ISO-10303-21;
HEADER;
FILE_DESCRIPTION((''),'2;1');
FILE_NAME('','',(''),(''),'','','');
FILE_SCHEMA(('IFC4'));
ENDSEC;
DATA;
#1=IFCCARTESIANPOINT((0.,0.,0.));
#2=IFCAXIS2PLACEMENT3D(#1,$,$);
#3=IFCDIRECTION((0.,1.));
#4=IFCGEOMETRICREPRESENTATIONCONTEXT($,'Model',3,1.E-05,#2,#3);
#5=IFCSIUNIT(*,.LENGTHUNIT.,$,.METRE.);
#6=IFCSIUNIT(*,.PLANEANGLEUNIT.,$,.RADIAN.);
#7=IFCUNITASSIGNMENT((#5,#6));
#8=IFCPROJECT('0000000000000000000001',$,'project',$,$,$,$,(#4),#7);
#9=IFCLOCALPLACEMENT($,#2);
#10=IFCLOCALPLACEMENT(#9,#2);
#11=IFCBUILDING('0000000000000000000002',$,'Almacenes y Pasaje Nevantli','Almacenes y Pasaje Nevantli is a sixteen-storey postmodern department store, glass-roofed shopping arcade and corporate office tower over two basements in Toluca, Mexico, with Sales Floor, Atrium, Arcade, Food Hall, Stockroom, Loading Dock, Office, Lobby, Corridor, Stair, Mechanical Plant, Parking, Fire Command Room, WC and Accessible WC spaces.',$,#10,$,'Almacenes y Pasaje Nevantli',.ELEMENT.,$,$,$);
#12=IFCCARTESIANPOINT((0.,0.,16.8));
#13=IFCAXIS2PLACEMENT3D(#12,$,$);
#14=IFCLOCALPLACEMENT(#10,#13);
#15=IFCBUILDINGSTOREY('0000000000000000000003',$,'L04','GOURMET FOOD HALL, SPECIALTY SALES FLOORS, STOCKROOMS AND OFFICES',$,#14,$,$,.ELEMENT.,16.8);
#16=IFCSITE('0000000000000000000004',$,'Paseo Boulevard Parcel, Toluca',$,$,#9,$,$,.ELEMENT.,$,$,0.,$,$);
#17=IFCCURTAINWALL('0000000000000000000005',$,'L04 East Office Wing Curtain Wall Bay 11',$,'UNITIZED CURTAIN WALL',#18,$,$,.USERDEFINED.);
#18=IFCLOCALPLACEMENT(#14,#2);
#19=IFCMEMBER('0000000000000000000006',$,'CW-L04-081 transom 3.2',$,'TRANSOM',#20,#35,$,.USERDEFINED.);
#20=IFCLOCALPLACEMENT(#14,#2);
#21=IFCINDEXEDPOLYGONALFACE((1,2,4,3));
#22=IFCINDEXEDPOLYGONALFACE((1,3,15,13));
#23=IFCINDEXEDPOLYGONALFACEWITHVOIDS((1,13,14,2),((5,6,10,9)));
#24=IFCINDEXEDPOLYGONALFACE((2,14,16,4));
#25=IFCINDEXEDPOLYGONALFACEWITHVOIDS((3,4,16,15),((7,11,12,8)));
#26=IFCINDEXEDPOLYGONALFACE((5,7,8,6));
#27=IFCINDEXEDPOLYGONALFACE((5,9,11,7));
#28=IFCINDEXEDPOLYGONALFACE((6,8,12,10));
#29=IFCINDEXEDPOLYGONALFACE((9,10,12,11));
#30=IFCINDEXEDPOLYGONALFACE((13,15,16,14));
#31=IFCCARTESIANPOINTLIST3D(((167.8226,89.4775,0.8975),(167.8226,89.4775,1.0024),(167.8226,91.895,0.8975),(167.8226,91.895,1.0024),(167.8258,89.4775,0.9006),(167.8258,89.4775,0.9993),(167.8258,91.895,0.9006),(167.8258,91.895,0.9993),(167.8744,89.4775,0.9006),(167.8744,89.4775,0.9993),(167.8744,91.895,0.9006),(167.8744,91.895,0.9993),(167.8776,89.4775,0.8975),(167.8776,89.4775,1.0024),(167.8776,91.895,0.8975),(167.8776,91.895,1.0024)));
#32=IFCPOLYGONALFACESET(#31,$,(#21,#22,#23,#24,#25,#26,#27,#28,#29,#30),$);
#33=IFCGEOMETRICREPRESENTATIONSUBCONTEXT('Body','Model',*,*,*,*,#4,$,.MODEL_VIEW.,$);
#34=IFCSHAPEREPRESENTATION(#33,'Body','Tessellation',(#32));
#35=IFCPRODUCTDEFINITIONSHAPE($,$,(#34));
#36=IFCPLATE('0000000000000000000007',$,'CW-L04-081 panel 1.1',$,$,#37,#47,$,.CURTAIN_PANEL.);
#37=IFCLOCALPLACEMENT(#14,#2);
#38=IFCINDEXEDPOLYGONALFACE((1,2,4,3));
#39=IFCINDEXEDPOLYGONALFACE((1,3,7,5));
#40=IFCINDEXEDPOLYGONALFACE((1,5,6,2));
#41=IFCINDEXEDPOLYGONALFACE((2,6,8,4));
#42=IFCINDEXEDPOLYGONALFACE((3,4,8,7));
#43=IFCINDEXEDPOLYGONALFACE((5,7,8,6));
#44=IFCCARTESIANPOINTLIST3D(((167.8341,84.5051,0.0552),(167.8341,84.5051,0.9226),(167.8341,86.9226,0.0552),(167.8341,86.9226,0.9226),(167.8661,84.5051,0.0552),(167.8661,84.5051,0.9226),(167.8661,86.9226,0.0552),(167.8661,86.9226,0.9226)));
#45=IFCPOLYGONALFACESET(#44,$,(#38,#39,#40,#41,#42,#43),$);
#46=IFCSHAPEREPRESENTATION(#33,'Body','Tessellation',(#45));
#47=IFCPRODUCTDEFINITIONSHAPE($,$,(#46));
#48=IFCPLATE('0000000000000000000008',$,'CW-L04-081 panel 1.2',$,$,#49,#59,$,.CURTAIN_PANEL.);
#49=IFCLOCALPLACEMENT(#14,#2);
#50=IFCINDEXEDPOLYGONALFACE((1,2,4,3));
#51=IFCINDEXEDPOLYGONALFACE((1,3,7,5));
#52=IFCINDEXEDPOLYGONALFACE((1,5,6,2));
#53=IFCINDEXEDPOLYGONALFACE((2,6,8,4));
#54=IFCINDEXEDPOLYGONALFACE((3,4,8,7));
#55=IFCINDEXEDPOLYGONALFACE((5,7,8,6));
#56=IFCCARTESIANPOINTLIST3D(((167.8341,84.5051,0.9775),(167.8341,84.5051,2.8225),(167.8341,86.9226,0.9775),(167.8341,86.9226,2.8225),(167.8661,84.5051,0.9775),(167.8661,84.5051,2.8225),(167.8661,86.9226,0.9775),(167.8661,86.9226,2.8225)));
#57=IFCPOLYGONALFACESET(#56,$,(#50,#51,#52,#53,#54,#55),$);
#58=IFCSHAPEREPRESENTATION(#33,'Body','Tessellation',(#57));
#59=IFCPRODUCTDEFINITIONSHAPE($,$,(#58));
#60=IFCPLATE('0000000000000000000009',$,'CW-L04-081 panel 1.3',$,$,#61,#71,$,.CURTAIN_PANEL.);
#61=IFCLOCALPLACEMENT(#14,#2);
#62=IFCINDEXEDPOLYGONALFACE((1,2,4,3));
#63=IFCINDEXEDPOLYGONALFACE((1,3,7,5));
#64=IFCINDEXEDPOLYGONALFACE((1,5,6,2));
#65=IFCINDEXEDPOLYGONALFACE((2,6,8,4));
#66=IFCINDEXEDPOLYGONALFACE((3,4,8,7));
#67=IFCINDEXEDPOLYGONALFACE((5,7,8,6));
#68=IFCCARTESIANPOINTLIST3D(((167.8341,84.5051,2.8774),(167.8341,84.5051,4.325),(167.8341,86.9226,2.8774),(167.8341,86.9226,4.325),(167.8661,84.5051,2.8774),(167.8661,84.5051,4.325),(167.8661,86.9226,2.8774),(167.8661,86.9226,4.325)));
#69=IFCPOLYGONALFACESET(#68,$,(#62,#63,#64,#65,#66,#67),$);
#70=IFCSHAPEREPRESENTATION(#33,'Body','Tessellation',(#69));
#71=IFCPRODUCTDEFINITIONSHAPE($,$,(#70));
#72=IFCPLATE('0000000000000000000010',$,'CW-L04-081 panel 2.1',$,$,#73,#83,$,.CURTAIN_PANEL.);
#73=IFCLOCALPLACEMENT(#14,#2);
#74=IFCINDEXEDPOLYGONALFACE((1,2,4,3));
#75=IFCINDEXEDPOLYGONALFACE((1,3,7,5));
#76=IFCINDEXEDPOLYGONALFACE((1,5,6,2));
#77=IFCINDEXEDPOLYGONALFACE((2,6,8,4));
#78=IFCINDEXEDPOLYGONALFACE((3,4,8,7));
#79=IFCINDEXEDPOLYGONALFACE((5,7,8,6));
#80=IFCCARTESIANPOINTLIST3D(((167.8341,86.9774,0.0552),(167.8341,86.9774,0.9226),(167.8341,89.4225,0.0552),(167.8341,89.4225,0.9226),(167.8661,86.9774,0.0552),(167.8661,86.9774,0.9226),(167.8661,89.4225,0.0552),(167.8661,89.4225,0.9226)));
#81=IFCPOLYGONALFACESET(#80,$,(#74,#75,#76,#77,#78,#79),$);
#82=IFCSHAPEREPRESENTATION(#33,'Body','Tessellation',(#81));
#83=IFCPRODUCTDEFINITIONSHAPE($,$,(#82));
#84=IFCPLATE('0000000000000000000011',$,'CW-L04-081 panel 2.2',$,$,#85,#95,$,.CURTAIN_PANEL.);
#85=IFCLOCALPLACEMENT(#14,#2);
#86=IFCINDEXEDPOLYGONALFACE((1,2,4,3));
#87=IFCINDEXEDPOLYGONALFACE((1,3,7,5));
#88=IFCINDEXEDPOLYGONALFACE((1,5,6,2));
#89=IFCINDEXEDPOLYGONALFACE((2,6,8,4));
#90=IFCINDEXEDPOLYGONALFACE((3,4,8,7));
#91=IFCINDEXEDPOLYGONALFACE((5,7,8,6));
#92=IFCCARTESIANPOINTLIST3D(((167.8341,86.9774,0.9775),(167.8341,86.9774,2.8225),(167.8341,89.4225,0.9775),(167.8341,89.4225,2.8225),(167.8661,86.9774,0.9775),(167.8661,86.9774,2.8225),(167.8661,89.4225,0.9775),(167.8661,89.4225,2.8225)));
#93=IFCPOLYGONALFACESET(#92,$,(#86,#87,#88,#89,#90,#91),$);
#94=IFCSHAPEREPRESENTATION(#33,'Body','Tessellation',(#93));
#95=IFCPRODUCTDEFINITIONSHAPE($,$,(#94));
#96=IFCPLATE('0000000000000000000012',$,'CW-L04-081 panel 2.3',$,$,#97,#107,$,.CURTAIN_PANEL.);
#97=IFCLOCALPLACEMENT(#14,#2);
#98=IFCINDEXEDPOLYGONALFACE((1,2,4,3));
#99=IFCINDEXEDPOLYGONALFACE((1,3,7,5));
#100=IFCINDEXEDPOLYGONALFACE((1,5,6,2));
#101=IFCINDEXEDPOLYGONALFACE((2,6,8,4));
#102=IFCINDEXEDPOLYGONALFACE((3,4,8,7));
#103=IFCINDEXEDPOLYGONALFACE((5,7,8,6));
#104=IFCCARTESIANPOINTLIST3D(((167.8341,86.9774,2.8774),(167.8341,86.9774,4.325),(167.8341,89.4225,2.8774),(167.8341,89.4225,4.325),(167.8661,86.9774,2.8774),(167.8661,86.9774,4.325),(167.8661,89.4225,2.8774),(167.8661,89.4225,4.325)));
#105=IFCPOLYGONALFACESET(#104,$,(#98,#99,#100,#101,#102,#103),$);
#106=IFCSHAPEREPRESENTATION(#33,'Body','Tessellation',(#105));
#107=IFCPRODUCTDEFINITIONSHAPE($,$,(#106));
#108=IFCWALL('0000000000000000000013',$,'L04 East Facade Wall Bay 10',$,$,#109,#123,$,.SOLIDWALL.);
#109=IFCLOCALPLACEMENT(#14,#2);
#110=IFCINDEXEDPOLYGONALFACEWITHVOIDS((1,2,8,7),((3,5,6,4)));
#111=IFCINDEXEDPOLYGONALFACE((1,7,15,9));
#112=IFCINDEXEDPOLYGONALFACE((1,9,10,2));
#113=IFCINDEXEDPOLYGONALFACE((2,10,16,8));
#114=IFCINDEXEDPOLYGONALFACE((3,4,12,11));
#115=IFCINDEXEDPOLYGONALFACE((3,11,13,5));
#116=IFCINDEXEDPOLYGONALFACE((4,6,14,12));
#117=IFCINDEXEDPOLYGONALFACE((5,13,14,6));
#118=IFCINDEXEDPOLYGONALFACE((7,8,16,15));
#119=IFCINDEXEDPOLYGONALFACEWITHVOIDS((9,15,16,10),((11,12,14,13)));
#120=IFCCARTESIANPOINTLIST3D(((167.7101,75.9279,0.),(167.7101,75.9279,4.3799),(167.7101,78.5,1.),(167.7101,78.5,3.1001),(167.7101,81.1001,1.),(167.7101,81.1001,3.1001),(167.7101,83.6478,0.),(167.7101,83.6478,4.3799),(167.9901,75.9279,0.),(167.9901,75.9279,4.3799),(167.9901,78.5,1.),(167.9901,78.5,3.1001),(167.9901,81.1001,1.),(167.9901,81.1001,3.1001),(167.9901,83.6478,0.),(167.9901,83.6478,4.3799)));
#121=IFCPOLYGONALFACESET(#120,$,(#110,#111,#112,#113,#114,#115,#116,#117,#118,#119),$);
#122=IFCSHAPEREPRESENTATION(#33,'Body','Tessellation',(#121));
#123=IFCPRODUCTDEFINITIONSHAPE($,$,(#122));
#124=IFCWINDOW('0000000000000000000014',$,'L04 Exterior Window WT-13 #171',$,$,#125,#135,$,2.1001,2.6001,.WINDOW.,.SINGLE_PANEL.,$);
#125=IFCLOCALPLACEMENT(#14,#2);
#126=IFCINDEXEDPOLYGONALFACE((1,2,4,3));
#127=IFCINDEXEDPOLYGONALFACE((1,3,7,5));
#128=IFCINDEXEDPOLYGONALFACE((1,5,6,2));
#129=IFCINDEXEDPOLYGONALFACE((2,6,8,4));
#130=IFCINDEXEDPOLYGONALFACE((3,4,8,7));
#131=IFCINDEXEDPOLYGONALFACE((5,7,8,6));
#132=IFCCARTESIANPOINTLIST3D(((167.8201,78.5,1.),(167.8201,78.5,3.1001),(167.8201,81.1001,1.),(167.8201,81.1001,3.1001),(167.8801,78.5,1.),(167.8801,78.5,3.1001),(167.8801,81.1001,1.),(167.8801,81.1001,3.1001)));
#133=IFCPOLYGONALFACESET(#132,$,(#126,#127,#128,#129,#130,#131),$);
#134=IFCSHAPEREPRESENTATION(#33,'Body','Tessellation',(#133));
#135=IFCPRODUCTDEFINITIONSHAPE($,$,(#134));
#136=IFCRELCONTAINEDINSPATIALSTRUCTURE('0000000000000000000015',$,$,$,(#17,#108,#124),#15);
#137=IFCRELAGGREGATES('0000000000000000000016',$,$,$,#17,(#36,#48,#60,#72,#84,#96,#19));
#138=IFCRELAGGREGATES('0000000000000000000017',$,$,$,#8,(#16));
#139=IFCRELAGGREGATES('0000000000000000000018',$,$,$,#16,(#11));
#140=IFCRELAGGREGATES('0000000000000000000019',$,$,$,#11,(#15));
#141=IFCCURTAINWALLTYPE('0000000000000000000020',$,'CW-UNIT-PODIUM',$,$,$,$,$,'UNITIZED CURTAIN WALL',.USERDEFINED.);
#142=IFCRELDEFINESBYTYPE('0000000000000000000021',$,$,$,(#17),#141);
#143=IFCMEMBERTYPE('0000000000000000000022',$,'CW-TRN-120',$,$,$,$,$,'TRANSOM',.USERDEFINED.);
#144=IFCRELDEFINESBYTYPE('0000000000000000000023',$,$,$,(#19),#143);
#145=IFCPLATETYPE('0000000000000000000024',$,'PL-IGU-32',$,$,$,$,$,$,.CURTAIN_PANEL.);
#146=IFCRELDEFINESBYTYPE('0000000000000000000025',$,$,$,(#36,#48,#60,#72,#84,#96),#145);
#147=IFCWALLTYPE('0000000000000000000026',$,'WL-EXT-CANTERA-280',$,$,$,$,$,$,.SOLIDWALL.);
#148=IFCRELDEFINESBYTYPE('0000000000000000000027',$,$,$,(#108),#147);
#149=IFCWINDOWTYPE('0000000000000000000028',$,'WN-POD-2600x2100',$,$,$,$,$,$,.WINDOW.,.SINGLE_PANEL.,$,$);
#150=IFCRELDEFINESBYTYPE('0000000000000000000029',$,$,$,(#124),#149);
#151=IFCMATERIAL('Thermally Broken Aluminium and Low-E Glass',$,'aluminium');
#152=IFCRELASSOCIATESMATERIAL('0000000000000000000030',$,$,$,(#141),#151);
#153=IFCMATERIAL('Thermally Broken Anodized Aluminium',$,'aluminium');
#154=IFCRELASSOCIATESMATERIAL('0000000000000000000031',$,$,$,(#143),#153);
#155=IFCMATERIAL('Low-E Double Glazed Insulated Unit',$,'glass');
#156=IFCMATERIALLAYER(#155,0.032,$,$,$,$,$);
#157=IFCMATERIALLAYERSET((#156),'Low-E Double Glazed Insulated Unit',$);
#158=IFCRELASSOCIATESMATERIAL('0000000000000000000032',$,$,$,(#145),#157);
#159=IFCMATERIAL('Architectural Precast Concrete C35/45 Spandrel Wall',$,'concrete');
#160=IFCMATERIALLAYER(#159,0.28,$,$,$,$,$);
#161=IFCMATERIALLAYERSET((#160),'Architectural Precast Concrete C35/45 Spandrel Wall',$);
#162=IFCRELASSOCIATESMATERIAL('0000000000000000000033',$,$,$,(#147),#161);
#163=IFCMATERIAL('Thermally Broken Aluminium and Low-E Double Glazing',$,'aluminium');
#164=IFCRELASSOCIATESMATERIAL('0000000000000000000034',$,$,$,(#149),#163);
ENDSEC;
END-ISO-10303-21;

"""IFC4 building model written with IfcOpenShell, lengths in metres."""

from ifc_helpers import new_model, si_unit, direction, frame, frame_2d, origin, origin_2d, place, context, subcontext, project, spatial, rectangle, hollow_rectangle, extrude, material, layer, layer_set, material_profile, profile_set, type_object, element, fill, aggregate, save


model = new_model("IFC4")

# Units and contexts
model_context = context("Model", 3, precision=1e-05, world=origin(), true_north=direction((0.0, 1.0)))
body_context = subcontext(model_context, "Body", "Model", "MODEL_VIEW")
ifc_project = project(units=[si_unit("LENGTHUNIT", "METRE"), si_unit("PLANEANGLEUNIT", "RADIAN")], contexts=[model_context])

# Site, building, storey
site_placement = place(None, origin())
site = spatial("IfcSite", under=ifc_project, at=site_placement, Name="Paseo Boulevard Parcel, Toluca", CompositionType="ELEMENT", RefElevation=0.0)
building_placement = place(site_placement, origin())
building = spatial("IfcBuilding", under=site, at=building_placement, Name="Almacenes y Pasaje Nevantli", Description="Almacenes y Pasaje Nevantli is a sixteen-storey postmodern department store, glass-roofed shopping arcade and corporate office tower over two basements in Toluca, Mexico, with Sales Floor, Atrium, Arcade, Food Hall, Stockroom, Loading Dock, Office, Lobby, Corridor, Stair, Mechanical Plant, Parking, Fire Command Room, WC and Accessible WC spaces.", LongName="Almacenes y Pasaje Nevantli", CompositionType="ELEMENT")
storey_placement = place(building_placement, frame((0.0, 0.0, 16.8)))
storey = spatial("IfcBuildingStorey", under=building, at=storey_placement, Name="L04", Description="GOURMET FOOD HALL, SPECIALTY SALES FLOORS, STOCKROOMS AND OFFICES", CompositionType="ELEMENT", Elevation=16.8)

# Curtain wall, member, plates
ifc_material_1 = material(Name="Thermally Broken Aluminium and Low-E Glass", Category="aluminium")
curtain_wall_type = type_object("IfcCurtainWallType", Name="CW-UNIT-PODIUM", ElementType="UNITIZED CURTAIN WALL", PredefinedType="USERDEFINED", material=ifc_material_1)
curtain_wall_placement = place(storey_placement, origin())
curtain_wall = element("IfcCurtainWall", 1, at=curtain_wall_placement, inside=storey, type_object=curtain_wall_type, Name="L04 East Office Wing Curtain Wall Bay 11", ObjectType="UNITIZED CURTAIN WALL", PredefinedType="USERDEFINED")
ifc_material_2 = material(Name="Thermally Broken Anodized Aluminium", Category="aluminium")
ifc_material_profile_1 = material_profile(ifc_material_2, hollow_rectangle(XDim=0.0549, YDim=0.105, WallThickness=0.0032, at=origin_2d()), Name="ALU-TRN-55x105")
ifc_profile_set_1 = profile_set([ifc_material_profile_1], Name="Thermally Broken Anodized Aluminium")
member_type_1 = type_object("IfcMemberType", Name="CW-TRN-120", ElementType="TRANSOM", PredefinedType="USERDEFINED", material=ifc_profile_set_1)
member_1_placement = place(storey_placement, frame((167.8501, 89.4775, 0.95), z_axis=(0.0, 1.0, 0.0), x_axis=(-1.0, 0.0, 0.0)))
member_1 = element("IfcMember", 2, at=member_1_placement, type_object=member_type_1, Name="CW-L04-081 transom 3.2", ObjectType="TRANSOM", PredefinedType="USERDEFINED", context=body_context, shape_type="SweptSolid", body=[
    extrude(hollow_rectangle(XDim=0.0549, YDim=0.105, WallThickness=0.0032, at=origin_2d()), origin(), (0.0, 0.0, 1.0), 2.4175),
])
ifc_material_3 = material(Name="Low-E Double Glazed Insulated Unit", Category="glass")
ifc_layer_1 = layer(ifc_material_3, 0.032)
ifc_layer_set_1 = layer_set([ifc_layer_1], Name="Low-E Double Glazed Insulated Unit")
plate_type = type_object("IfcPlateType", Name="PL-IGU-32", PredefinedType="CURTAIN_PANEL", material=ifc_layer_set_1)
plate_1_placement = place(storey_placement, frame((167.8501, 85.7139, 0.0552), z_axis=(0.0, 0.0, 1.0), x_axis=(0.0, 1.0, 0.0)))
plate_1 = element("IfcPlate", 3, at=plate_1_placement, type_object=plate_type, Name="CW-L04-081 panel 1.1", PredefinedType="CURTAIN_PANEL", context=body_context, shape_type="SweptSolid", body=[
    extrude(rectangle(XDim=2.4175, YDim=0.032, at=origin_2d()), origin(), (0.0, 0.0, 1.0), 0.8674),
])
plate_2_placement = place(storey_placement, frame((167.8501, 85.7139, 0.9775), z_axis=(0.0, 0.0, 1.0), x_axis=(0.0, 1.0, 0.0)))
plate_2 = element("IfcPlate", 4, at=plate_2_placement, type_object=plate_type, Name="CW-L04-081 panel 1.2", PredefinedType="CURTAIN_PANEL", context=body_context, shape_type="SweptSolid", body=[
    extrude(rectangle(XDim=2.4175, YDim=0.032, at=origin_2d()), origin(), (0.0, 0.0, 1.0), 1.845),
])
plate_3_placement = place(storey_placement, frame((167.8501, 85.7139, 2.8774), z_axis=(0.0, 0.0, 1.0), x_axis=(0.0, 1.0, 0.0)))
plate_3 = element("IfcPlate", 5, at=plate_3_placement, type_object=plate_type, Name="CW-L04-081 panel 1.3", PredefinedType="CURTAIN_PANEL", context=body_context, shape_type="SweptSolid", body=[
    extrude(rectangle(XDim=2.4175, YDim=0.032, at=origin_2d()), origin(), (0.0, 0.0, 1.0), 1.4475),
])
plate_4_placement = place(storey_placement, frame((167.8501, 88.2, 0.0552), z_axis=(0.0, 0.0, 1.0), x_axis=(0.0, 1.0, 0.0)))
plate_4 = element("IfcPlate", 6, at=plate_4_placement, type_object=plate_type, Name="CW-L04-081 panel 2.1", PredefinedType="CURTAIN_PANEL", context=body_context, shape_type="SweptSolid", body=[
    extrude(rectangle(XDim=2.4451, YDim=0.032, at=origin_2d()), origin(), (0.0, 0.0, 1.0), 0.8674),
])
plate_5_placement = place(storey_placement, frame((167.8501, 88.2, 0.9775), z_axis=(0.0, 0.0, 1.0), x_axis=(0.0, 1.0, 0.0)))
plate_5 = element("IfcPlate", 7, at=plate_5_placement, type_object=plate_type, Name="CW-L04-081 panel 2.2", PredefinedType="CURTAIN_PANEL", context=body_context, shape_type="SweptSolid", body=[
    extrude(rectangle(XDim=2.4451, YDim=0.032, at=origin_2d()), origin(), (0.0, 0.0, 1.0), 1.845),
])
plate_6_placement = place(storey_placement, frame((167.8501, 88.2, 2.8774), z_axis=(0.0, 0.0, 1.0), x_axis=(0.0, 1.0, 0.0)))
plate_6 = element("IfcPlate", 8, at=plate_6_placement, type_object=plate_type, Name="CW-L04-081 panel 2.3", PredefinedType="CURTAIN_PANEL", context=body_context, shape_type="SweptSolid", body=[
    extrude(rectangle(XDim=2.4451, YDim=0.032, at=origin_2d()), origin(), (0.0, 0.0, 1.0), 1.4475),
])
aggregate(curtain_wall, [plate_1, plate_2, plate_3, plate_4, plate_5, plate_6, member_1])

# Wall, opening, window
ifc_material_4 = material(Name="Architectural Precast Concrete C35/45 Spandrel Wall", Category="concrete")
ifc_layer_2 = layer(ifc_material_4, 0.28)
ifc_layer_set_2 = layer_set([ifc_layer_2], Name="Architectural Precast Concrete C35/45 Spandrel Wall")
wall_type = type_object("IfcWallType", Name="WL-EXT-CANTERA-280", PredefinedType="SOLIDWALL", material=ifc_layer_set_2)
wall_placement = place(storey_placement, frame((167.8501, 75.928, 0.0), z_axis=(0.0, 0.0, 1.0), x_axis=(0.0, 1.0, 0.0)))
wall = element("IfcWall", 9, at=wall_placement, inside=storey, type_object=wall_type, Name="L04 East Facade Wall Bay 10", PredefinedType="SOLIDWALL", context=body_context, shape_type="SweptSolid", body=[
    extrude(rectangle(XDim=7.72, YDim=0.28, at=frame_2d((3.8599, 0.0))), origin(), (0.0, 0.0, 1.0), 4.3799),
])
opening_placement = place(wall_placement, frame((2.572, 0.0, 1.0)))
opening = element("IfcOpeningElement", 10, at=opening_placement, cuts=wall, PredefinedType="OPENING", context=body_context, shape_type="SweptSolid", body=[
    extrude(rectangle(XDim=2.6001, YDim=2.1001, at=frame_2d((1.3, 1.05))), frame((0.0, 0.1499, 0.0), z_axis=(0.0, -1.0, 0.0), x_axis=(1.0, 0.0, 0.0)), (0.0, 0.0, 1.0), 0.3),
])
ifc_material_5 = material(Name="Thermally Broken Aluminium and Low-E Double Glazing", Category="aluminium")
window_type = type_object("IfcWindowType", Name="WN-POD-2600x2100", PartitioningType="SINGLE_PANEL", PredefinedType="WINDOW", material=ifc_material_5)
window_placement = place(opening_placement, origin())
window = element("IfcWindow", 11, at=window_placement, inside=storey, type_object=window_type, Name="L04 Exterior Window WT-13 #171", OverallHeight=2.1001, OverallWidth=2.6001, PartitioningType="SINGLE_PANEL", PredefinedType="WINDOW", context=body_context, shape_type="SweptSolid", body=[
    extrude(rectangle(XDim=2.6001, YDim=2.1001, at=frame_2d((1.3, 1.05))), frame((0.0, 0.03, 0.0), z_axis=(0.0, -1.0, 0.0), x_axis=(1.0, 0.0, 0.0)), (0.0, 0.0, 1.0), 0.0601),
])
fill(opening, window)

save(model, "model.ifc")
